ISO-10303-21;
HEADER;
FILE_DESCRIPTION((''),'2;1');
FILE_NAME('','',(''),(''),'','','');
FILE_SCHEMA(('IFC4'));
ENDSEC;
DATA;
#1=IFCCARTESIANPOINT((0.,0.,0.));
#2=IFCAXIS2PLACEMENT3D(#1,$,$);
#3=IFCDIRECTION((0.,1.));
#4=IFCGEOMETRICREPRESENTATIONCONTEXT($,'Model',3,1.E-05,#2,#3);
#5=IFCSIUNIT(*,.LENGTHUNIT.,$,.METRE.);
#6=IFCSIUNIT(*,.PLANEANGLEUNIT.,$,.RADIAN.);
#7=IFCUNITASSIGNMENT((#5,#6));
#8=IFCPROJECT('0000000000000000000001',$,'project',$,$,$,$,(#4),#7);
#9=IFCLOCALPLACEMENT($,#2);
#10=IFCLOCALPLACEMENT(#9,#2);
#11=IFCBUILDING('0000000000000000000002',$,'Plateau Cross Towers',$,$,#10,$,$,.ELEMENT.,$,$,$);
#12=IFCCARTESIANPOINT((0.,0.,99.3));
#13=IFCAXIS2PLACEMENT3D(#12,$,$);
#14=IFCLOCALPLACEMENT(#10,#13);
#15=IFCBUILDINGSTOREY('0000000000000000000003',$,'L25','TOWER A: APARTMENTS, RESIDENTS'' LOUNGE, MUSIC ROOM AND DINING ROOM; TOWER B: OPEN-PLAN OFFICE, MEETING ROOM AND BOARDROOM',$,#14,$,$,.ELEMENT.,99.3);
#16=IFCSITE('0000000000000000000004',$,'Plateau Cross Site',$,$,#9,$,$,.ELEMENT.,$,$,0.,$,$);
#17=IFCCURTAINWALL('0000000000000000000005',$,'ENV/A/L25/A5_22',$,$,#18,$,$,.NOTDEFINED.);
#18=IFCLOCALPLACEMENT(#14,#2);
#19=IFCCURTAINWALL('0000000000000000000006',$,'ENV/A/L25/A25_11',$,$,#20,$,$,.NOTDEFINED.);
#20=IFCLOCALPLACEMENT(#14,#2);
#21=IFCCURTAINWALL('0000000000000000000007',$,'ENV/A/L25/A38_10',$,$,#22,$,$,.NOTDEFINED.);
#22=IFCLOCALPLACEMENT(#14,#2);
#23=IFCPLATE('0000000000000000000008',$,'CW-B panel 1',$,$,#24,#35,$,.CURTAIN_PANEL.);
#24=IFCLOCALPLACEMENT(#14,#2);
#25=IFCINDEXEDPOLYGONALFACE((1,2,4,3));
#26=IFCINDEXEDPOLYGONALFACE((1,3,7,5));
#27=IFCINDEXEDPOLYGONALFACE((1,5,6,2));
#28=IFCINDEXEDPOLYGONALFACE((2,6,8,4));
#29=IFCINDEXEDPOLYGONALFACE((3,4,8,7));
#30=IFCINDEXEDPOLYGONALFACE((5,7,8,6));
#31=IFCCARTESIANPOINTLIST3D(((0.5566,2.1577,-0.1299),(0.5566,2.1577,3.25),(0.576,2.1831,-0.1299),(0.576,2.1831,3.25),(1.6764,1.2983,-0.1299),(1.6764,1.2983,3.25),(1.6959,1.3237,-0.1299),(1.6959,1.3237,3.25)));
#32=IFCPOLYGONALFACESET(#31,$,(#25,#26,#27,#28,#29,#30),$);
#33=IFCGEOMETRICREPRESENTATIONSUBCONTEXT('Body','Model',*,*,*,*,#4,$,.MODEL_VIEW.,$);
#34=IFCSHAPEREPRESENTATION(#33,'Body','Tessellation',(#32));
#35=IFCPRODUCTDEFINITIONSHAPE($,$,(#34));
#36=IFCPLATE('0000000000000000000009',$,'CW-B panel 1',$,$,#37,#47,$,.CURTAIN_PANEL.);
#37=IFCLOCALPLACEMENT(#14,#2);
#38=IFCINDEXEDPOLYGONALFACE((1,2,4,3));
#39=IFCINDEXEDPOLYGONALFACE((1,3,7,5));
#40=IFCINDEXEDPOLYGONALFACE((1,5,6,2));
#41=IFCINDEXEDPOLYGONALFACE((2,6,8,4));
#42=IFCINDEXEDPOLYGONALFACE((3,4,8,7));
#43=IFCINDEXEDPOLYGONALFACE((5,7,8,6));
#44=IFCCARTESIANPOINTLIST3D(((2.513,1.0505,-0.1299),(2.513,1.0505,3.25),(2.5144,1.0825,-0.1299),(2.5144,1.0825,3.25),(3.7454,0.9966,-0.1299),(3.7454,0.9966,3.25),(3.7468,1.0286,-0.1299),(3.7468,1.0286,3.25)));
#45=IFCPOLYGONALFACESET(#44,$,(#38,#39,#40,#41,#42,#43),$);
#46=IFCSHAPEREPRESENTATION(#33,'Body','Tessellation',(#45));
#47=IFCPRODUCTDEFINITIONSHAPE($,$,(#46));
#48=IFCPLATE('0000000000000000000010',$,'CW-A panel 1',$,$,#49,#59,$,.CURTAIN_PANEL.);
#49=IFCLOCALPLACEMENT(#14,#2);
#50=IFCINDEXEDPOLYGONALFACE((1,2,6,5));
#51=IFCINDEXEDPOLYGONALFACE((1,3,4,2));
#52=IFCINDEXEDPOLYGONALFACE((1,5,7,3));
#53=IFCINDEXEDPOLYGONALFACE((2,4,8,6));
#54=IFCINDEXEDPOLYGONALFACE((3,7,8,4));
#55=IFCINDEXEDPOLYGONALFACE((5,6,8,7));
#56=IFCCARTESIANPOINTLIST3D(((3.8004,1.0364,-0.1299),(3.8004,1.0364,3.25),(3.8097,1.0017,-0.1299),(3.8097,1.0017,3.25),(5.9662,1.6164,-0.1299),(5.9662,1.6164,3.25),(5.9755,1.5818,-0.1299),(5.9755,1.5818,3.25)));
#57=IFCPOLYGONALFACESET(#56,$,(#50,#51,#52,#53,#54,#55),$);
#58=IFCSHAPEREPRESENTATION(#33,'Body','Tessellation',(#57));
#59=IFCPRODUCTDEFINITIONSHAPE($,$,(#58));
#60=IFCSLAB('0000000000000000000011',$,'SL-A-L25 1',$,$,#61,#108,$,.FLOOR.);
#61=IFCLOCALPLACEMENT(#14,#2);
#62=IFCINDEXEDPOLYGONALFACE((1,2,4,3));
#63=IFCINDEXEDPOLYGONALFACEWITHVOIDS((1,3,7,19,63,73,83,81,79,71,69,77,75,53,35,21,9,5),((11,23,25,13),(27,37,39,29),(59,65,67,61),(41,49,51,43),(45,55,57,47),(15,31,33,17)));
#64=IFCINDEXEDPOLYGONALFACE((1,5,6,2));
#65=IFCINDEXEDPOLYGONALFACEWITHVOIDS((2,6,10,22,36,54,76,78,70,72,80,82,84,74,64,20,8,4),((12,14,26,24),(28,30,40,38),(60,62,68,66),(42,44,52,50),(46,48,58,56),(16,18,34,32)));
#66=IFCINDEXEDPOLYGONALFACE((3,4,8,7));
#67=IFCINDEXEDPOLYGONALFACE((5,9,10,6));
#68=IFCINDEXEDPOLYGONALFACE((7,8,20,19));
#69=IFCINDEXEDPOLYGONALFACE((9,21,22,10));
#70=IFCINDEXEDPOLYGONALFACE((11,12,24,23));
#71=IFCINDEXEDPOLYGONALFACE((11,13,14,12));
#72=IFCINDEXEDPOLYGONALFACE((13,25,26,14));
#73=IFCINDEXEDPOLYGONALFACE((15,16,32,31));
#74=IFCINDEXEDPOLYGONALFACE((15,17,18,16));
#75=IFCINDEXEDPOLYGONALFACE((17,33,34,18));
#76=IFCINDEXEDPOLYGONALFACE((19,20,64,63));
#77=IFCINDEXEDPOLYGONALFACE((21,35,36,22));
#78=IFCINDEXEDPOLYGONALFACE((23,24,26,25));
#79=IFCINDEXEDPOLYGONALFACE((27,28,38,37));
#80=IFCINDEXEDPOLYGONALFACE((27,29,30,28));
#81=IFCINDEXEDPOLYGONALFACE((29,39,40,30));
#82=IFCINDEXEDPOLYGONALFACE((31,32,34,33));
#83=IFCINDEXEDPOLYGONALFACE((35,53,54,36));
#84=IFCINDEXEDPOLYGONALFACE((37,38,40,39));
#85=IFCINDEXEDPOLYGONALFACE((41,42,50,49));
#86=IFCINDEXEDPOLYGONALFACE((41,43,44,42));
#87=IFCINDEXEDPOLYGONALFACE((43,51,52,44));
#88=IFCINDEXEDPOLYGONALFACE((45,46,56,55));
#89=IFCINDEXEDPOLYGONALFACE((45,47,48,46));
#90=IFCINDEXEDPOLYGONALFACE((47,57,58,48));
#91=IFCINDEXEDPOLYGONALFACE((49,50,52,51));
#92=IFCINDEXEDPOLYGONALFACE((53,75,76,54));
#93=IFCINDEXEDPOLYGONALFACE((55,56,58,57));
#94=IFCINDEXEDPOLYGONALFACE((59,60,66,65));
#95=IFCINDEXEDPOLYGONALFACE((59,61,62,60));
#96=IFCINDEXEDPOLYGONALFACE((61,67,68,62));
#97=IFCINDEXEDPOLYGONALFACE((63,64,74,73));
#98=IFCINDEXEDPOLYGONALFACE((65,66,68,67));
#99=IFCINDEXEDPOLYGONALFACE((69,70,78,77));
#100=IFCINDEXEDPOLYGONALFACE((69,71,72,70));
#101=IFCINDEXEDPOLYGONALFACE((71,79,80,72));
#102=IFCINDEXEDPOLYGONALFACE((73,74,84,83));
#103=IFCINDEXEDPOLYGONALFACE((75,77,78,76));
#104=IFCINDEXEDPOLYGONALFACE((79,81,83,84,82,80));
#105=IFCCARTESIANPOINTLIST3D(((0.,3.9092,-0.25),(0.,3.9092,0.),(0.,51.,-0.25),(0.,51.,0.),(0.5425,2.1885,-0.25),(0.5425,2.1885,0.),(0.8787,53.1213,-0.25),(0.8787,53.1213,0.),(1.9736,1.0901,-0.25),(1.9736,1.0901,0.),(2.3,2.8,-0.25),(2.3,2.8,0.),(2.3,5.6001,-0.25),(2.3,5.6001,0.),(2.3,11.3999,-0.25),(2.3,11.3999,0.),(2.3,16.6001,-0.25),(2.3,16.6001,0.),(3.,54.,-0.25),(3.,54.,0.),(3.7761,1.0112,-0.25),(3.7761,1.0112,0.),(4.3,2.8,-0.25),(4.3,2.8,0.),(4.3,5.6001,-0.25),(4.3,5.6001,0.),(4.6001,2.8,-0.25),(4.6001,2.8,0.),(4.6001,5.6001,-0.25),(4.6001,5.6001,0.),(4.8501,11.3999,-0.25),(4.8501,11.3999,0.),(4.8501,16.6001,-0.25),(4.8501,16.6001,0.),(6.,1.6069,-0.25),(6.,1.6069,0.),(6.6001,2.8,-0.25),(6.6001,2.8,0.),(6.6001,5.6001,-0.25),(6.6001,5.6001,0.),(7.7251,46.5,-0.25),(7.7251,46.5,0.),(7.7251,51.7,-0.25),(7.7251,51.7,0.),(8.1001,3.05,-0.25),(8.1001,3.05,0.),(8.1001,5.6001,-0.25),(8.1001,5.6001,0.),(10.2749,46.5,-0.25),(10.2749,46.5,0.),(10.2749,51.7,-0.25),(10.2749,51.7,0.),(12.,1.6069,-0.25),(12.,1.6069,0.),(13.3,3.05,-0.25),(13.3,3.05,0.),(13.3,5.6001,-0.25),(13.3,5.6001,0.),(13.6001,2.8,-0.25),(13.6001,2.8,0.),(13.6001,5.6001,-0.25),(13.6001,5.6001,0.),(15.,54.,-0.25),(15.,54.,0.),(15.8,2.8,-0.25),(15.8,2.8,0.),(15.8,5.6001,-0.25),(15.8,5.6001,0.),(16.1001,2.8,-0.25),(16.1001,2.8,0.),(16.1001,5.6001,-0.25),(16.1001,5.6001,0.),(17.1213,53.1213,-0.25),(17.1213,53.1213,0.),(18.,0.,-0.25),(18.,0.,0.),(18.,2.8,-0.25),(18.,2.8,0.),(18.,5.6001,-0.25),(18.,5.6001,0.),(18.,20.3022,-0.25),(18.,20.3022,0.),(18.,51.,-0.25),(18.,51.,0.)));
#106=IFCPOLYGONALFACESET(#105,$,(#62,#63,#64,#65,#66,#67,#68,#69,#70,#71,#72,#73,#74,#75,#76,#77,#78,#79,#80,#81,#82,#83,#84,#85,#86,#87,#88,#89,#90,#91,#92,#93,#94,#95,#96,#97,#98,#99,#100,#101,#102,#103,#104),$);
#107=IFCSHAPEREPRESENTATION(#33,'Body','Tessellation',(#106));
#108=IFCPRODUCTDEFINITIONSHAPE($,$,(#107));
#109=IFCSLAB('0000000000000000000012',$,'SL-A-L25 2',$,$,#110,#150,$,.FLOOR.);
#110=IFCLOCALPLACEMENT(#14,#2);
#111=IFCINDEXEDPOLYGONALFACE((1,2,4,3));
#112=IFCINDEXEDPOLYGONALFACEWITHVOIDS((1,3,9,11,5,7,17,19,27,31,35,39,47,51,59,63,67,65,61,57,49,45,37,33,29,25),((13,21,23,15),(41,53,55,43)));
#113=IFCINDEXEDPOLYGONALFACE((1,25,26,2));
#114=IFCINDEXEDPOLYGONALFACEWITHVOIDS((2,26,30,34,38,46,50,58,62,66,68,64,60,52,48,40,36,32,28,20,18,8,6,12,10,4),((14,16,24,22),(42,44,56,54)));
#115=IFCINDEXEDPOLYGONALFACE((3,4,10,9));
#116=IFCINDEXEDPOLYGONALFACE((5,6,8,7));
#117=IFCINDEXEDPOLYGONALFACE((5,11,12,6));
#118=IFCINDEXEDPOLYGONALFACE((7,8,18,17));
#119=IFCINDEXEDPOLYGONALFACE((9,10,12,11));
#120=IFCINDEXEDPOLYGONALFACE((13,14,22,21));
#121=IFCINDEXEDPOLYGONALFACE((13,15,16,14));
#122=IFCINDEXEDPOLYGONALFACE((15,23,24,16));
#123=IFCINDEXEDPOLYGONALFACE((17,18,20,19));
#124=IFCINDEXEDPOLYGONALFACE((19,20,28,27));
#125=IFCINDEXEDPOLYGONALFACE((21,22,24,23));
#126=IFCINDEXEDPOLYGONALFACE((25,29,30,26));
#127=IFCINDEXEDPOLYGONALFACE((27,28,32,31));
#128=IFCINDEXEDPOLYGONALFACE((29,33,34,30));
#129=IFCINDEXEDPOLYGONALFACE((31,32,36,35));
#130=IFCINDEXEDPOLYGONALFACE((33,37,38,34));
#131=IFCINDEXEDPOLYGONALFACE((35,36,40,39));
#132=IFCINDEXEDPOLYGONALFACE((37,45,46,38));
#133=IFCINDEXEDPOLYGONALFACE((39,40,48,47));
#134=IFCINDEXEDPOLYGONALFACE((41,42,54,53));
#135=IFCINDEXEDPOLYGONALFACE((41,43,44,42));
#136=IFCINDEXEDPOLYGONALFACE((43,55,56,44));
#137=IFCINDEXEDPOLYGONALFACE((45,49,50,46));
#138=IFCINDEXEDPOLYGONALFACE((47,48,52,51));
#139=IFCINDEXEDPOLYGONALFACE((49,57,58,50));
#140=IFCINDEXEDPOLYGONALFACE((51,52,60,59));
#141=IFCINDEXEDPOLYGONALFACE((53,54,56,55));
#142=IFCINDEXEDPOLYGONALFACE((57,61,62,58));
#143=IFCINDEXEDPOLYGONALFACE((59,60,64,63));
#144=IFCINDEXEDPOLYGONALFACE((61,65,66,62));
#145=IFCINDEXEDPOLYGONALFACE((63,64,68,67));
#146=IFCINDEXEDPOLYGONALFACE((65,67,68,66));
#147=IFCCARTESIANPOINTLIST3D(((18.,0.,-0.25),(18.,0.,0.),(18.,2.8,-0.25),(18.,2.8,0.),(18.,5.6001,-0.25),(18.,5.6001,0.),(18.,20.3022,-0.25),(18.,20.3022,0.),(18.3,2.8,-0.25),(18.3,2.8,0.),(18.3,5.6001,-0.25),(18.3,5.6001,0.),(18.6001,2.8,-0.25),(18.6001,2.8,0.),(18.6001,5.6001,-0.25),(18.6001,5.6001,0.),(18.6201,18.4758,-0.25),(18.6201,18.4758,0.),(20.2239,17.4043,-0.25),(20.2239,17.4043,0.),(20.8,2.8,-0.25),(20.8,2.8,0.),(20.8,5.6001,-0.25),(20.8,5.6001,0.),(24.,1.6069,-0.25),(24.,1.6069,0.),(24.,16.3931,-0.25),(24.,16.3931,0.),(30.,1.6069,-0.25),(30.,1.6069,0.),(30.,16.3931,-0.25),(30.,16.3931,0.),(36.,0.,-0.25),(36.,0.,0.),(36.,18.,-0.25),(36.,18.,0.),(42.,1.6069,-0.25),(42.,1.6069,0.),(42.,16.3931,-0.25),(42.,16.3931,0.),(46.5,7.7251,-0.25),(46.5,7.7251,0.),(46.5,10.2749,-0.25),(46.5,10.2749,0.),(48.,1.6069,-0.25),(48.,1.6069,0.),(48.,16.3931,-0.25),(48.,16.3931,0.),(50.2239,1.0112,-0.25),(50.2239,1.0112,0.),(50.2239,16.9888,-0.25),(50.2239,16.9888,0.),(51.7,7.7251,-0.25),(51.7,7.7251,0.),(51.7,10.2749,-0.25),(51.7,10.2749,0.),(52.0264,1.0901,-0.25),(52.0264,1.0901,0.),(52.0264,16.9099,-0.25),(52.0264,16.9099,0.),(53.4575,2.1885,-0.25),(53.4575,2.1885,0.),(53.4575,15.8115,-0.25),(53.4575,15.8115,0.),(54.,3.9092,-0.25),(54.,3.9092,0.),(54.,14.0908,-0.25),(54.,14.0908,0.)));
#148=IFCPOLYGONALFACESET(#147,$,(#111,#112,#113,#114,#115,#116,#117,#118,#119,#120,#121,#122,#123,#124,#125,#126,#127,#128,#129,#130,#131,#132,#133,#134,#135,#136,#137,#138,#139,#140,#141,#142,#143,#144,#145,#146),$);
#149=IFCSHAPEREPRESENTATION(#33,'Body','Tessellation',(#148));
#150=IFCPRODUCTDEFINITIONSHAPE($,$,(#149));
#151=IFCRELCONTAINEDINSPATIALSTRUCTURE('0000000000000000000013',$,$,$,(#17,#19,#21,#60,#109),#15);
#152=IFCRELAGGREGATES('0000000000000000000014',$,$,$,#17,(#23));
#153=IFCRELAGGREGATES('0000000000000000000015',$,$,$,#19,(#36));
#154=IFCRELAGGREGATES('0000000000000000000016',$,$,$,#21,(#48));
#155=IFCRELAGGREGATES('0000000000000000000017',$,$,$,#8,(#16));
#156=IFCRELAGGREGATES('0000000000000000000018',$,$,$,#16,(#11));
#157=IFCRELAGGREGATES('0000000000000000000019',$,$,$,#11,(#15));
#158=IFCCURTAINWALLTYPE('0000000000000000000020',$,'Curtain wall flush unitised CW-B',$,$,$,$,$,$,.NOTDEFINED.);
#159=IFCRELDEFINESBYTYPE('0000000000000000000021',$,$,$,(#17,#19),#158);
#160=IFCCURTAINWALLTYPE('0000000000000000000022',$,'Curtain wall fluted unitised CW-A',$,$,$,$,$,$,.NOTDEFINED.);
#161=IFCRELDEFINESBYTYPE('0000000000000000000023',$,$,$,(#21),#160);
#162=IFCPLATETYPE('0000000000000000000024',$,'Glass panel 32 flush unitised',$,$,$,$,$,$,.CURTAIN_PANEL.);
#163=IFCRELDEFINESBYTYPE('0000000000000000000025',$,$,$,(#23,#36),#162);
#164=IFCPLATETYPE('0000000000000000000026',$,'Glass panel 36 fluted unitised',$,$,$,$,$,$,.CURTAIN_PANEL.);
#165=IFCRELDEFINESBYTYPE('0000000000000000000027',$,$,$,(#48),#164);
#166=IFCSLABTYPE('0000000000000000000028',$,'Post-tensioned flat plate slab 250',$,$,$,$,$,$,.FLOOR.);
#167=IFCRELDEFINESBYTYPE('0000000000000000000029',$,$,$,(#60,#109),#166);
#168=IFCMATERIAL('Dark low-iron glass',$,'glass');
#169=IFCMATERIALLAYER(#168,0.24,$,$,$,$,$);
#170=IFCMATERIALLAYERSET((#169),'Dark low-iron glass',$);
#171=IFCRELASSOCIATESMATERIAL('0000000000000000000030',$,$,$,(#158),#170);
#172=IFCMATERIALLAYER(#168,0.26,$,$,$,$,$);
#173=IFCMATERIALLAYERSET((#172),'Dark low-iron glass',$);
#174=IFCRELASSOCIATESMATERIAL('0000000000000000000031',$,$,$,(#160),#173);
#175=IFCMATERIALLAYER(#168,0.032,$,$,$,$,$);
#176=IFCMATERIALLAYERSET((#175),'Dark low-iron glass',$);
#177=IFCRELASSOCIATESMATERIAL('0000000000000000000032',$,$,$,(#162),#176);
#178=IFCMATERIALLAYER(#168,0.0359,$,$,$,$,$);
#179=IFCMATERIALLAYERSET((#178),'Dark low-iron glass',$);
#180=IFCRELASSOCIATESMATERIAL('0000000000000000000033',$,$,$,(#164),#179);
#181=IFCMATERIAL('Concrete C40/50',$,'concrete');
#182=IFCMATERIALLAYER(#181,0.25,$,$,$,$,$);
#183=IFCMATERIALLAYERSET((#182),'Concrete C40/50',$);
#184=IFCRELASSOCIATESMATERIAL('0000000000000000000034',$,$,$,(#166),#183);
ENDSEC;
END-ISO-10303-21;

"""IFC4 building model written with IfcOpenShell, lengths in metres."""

from ifc_helpers import new_model, si_unit, direction, frame, origin, origin_2d, place, context, subcontext, project, spatial, polyline, rectangle, outline, extrude, material, layer, layer_set, type_object, element, aggregate, save


model = new_model("IFC4")

# Units and contexts
model_context = context("Model", 3, precision=1e-05, world=origin(), true_north=direction((0.0, 1.0)))
body_context = subcontext(model_context, "Body", "Model", "MODEL_VIEW")
ifc_project = project(units=[si_unit("LENGTHUNIT", "METRE"), si_unit("PLANEANGLEUNIT", "RADIAN")], contexts=[model_context])

# Site, building, storey
site_placement = place(None, origin())
site = spatial("IfcSite", under=ifc_project, at=site_placement, Name="Plateau Cross Site", CompositionType="ELEMENT", RefElevation=0.0)
building_placement = place(site_placement, origin())
building = spatial("IfcBuilding", under=site, at=building_placement, Name="Plateau Cross Towers", CompositionType="ELEMENT")
storey_placement = place(building_placement, frame((0.0, 0.0, 99.3)))
storey = spatial("IfcBuildingStorey", under=building, at=storey_placement, Name="L25", Description="TOWER A: APARTMENTS, RESIDENTS' LOUNGE, MUSIC ROOM AND DINING ROOM; TOWER B: OPEN-PLAN OFFICE, MEETING ROOM AND BOARDROOM", CompositionType="ELEMENT", Elevation=99.3)

# Curtain wall
ifc_material_1 = material(Name="Dark low-iron glass", Category="glass")
ifc_layer_1 = layer(ifc_material_1, 0.24)
ifc_layer_set_1 = layer_set([ifc_layer_1], Name="Dark low-iron glass")
curtain_wall_type_1 = type_object("IfcCurtainWallType", Name="Curtain wall flush unitised CW-B", PredefinedType="NOTDEFINED", material=ifc_layer_set_1)
curtain_wall_1_placement = place(storey_placement, origin())
curtain_wall_1 = element("IfcCurtainWall", 1, at=curtain_wall_1_placement, inside=storey, type_object=curtain_wall_type_1, Name="ENV/A/L25/A5_22", PredefinedType="NOTDEFINED")

# Curtain walls
curtain_wall_2_placement = place(storey_placement, origin())
curtain_wall_2 = element("IfcCurtainWall", 2, at=curtain_wall_2_placement, inside=storey, type_object=curtain_wall_type_1, Name="ENV/A/L25/A25_11", PredefinedType="NOTDEFINED")
ifc_layer_2 = layer(ifc_material_1, 0.26)
ifc_layer_set_2 = layer_set([ifc_layer_2], Name="Dark low-iron glass")
curtain_wall_type_2 = type_object("IfcCurtainWallType", Name="Curtain wall fluted unitised CW-A", PredefinedType="NOTDEFINED", material=ifc_layer_set_2)
curtain_wall_3_placement = place(storey_placement, origin())
curtain_wall_3 = element("IfcCurtainWall", 3, at=curtain_wall_3_placement, inside=storey, type_object=curtain_wall_type_2, Name="ENV/A/L25/A38_10", PredefinedType="NOTDEFINED")

# Shared definitions
ifc_material_2 = material(Name="Concrete C40/50", Category="concrete")

# Plates
ifc_layer_3 = layer(ifc_material_1, 0.032)
ifc_layer_set_3 = layer_set([ifc_layer_3], Name="Dark low-iron glass")
plate_type_1 = type_object("IfcPlateType", Name="Glass panel 32 flush unitised", PredefinedType="CURTAIN_PANEL", material=ifc_layer_set_3)
plate_1_placement = place(storey_placement, frame((1.1262, 1.7407, -0.1299), z_axis=(0.0, 0.0, 1.0), x_axis=(0.793316, -0.608811, 0.0)))
plate_1 = element("IfcPlate", 4, at=plate_1_placement, type_object=plate_type_1, Name="CW-B panel 1", PredefinedType="CURTAIN_PANEL", context=body_context, shape_type="SweptSolid", body=[
    extrude(rectangle(XDim=1.4116, YDim=0.032, at=origin_2d()), origin(), (0.0, 0.0, 1.0), 3.3799),
])
aggregate(curtain_wall_1, [plate_1])
plate_2_placement = place(storey_placement, frame((3.1299, 1.0396, -0.1299), z_axis=(0.0, 0.0, 1.0), x_axis=(0.999044, -0.043723, 0.0)))
plate_2 = element("IfcPlate", 5, at=plate_2_placement, type_object=plate_type_1, Name="CW-B panel 1", PredefinedType="CURTAIN_PANEL", context=body_context, shape_type="SweptSolid", body=[
    extrude(rectangle(XDim=1.2336, YDim=0.032, at=origin_2d()), origin(), (0.0, 0.0, 1.0), 3.3799),
])
aggregate(curtain_wall_2, [plate_2])
ifc_layer_4 = layer(ifc_material_1, 0.0359)
ifc_layer_set_4 = layer_set([ifc_layer_4], Name="Dark low-iron glass")
plate_type_2 = type_object("IfcPlateType", Name="Glass panel 36 fluted unitised", PredefinedType="CURTAIN_PANEL", material=ifc_layer_set_4)
plate_3_placement = place(storey_placement, frame((4.8879, 1.3091, -0.1299), z_axis=(0.0, 0.0, 1.0), x_axis=(0.965958, 0.258699, 0.0)))
plate_3 = element("IfcPlate", 6, at=plate_3_placement, type_object=plate_type_2, Name="CW-A panel 1", PredefinedType="CURTAIN_PANEL", context=body_context, shape_type="SweptSolid", body=[
    extrude(rectangle(XDim=2.2422, YDim=0.0359, at=origin_2d()), origin(), (0.0, 0.0, 1.0), 3.3799),
])
aggregate(curtain_wall_3, [plate_3])

# Slabs
ifc_layer_5 = layer(ifc_material_2, 0.25)
ifc_layer_set_5 = layer_set([ifc_layer_5], Name="Concrete C40/50")
slab_type_1 = type_object("IfcSlabType", Name="Post-tensioned flat plate slab 250", PredefinedType="FLOOR", material=ifc_layer_set_5)
slab_1_placement = place(storey_placement, frame((0.0, 0.0, -0.25)))
element("IfcSlab", 7, at=slab_1_placement, inside=storey, type_object=slab_type_1, Name="SL-A-L25 1", PredefinedType="FLOOR", context=body_context, shape_type="SweptSolid", body=[
    extrude(outline(polyline([(0.5425, 2.1885), (0.0, 3.9092), (0.0, 51.0), (0.8787, 53.1213), (3.0, 54.0), (15.0, 54.0), (17.1213, 53.1213), (18.0, 51.0), (18.0, 20.3022), (18.0, 5.6001), (16.1001, 5.6001), (16.1001, 2.8), (18.0, 2.8), (18.0, 0.0), (12.0, 1.6069), (6.0, 1.6069), (3.7761, 1.0112), (1.9736, 1.0901), (0.5425, 2.1885)]), holes=[polyline([(4.3, 5.6001), (2.3, 5.6001), (2.3, 2.8), (4.3, 2.8), (4.3, 5.6001)]), polyline([(6.6001, 5.6001), (4.6001, 5.6001), (4.6001, 2.8), (6.6001, 2.8), (6.6001, 5.6001)]), polyline([(15.8, 5.6001), (13.6001, 5.6001), (13.6001, 2.8), (15.8, 2.8), (15.8, 5.6001)]), polyline([(13.3, 5.6001), (8.1001, 5.6001), (8.1001, 3.05), (13.3, 3.05), (13.3, 5.6001)]), polyline([(4.8501, 16.6001), (2.3, 16.6001), (2.3, 11.3999), (4.8501, 11.3999), (4.8501, 16.6001)]), polyline([(7.7251, 51.7), (7.7251, 46.5), (10.2749, 46.5), (10.2749, 51.7), (7.7251, 51.7)])]), origin(), (0.0, 0.0, 1.0), 0.25),
])
slab_2_placement = place(storey_placement, frame((0.0, 0.0, -0.25)))
element("IfcSlab", 8, at=slab_2_placement, inside=storey, type_object=slab_type_1, Name="SL-A-L25 2", PredefinedType="FLOOR", context=body_context, shape_type="SweptSolid", body=[
    extrude(outline(polyline([(18.6201, 18.4758), (20.2239, 17.4043), (24.0, 16.3931), (30.0, 16.3931), (36.0, 18.0), (42.0, 16.3931), (48.0, 16.3931), (50.2239, 16.9888), (52.0264, 16.9099), (53.4575, 15.8115), (54.0, 14.0908), (54.0, 3.9092), (53.4575, 2.1885), (52.0264, 1.0901), (50.2239, 1.0112), (48.0, 1.6069), (42.0, 1.6069), (36.0, 0.0), (30.0, 1.6069), (24.0, 1.6069), (18.0, 0.0), (18.0, 2.8), (18.3, 2.8), (18.3, 5.6001), (18.0, 5.6001), (18.0, 20.3022), (18.6201, 18.4758)]), holes=[polyline([(20.8, 5.6001), (18.6001, 5.6001), (18.6001, 2.8), (20.8, 2.8), (20.8, 5.6001)]), polyline([(51.7, 7.7251), (51.7, 10.2749), (46.5, 10.2749), (46.5, 7.7251), (51.7, 7.7251)])]), origin(), (0.0, 0.0, 1.0), 0.25),
])

save(model, "model.ifc")
